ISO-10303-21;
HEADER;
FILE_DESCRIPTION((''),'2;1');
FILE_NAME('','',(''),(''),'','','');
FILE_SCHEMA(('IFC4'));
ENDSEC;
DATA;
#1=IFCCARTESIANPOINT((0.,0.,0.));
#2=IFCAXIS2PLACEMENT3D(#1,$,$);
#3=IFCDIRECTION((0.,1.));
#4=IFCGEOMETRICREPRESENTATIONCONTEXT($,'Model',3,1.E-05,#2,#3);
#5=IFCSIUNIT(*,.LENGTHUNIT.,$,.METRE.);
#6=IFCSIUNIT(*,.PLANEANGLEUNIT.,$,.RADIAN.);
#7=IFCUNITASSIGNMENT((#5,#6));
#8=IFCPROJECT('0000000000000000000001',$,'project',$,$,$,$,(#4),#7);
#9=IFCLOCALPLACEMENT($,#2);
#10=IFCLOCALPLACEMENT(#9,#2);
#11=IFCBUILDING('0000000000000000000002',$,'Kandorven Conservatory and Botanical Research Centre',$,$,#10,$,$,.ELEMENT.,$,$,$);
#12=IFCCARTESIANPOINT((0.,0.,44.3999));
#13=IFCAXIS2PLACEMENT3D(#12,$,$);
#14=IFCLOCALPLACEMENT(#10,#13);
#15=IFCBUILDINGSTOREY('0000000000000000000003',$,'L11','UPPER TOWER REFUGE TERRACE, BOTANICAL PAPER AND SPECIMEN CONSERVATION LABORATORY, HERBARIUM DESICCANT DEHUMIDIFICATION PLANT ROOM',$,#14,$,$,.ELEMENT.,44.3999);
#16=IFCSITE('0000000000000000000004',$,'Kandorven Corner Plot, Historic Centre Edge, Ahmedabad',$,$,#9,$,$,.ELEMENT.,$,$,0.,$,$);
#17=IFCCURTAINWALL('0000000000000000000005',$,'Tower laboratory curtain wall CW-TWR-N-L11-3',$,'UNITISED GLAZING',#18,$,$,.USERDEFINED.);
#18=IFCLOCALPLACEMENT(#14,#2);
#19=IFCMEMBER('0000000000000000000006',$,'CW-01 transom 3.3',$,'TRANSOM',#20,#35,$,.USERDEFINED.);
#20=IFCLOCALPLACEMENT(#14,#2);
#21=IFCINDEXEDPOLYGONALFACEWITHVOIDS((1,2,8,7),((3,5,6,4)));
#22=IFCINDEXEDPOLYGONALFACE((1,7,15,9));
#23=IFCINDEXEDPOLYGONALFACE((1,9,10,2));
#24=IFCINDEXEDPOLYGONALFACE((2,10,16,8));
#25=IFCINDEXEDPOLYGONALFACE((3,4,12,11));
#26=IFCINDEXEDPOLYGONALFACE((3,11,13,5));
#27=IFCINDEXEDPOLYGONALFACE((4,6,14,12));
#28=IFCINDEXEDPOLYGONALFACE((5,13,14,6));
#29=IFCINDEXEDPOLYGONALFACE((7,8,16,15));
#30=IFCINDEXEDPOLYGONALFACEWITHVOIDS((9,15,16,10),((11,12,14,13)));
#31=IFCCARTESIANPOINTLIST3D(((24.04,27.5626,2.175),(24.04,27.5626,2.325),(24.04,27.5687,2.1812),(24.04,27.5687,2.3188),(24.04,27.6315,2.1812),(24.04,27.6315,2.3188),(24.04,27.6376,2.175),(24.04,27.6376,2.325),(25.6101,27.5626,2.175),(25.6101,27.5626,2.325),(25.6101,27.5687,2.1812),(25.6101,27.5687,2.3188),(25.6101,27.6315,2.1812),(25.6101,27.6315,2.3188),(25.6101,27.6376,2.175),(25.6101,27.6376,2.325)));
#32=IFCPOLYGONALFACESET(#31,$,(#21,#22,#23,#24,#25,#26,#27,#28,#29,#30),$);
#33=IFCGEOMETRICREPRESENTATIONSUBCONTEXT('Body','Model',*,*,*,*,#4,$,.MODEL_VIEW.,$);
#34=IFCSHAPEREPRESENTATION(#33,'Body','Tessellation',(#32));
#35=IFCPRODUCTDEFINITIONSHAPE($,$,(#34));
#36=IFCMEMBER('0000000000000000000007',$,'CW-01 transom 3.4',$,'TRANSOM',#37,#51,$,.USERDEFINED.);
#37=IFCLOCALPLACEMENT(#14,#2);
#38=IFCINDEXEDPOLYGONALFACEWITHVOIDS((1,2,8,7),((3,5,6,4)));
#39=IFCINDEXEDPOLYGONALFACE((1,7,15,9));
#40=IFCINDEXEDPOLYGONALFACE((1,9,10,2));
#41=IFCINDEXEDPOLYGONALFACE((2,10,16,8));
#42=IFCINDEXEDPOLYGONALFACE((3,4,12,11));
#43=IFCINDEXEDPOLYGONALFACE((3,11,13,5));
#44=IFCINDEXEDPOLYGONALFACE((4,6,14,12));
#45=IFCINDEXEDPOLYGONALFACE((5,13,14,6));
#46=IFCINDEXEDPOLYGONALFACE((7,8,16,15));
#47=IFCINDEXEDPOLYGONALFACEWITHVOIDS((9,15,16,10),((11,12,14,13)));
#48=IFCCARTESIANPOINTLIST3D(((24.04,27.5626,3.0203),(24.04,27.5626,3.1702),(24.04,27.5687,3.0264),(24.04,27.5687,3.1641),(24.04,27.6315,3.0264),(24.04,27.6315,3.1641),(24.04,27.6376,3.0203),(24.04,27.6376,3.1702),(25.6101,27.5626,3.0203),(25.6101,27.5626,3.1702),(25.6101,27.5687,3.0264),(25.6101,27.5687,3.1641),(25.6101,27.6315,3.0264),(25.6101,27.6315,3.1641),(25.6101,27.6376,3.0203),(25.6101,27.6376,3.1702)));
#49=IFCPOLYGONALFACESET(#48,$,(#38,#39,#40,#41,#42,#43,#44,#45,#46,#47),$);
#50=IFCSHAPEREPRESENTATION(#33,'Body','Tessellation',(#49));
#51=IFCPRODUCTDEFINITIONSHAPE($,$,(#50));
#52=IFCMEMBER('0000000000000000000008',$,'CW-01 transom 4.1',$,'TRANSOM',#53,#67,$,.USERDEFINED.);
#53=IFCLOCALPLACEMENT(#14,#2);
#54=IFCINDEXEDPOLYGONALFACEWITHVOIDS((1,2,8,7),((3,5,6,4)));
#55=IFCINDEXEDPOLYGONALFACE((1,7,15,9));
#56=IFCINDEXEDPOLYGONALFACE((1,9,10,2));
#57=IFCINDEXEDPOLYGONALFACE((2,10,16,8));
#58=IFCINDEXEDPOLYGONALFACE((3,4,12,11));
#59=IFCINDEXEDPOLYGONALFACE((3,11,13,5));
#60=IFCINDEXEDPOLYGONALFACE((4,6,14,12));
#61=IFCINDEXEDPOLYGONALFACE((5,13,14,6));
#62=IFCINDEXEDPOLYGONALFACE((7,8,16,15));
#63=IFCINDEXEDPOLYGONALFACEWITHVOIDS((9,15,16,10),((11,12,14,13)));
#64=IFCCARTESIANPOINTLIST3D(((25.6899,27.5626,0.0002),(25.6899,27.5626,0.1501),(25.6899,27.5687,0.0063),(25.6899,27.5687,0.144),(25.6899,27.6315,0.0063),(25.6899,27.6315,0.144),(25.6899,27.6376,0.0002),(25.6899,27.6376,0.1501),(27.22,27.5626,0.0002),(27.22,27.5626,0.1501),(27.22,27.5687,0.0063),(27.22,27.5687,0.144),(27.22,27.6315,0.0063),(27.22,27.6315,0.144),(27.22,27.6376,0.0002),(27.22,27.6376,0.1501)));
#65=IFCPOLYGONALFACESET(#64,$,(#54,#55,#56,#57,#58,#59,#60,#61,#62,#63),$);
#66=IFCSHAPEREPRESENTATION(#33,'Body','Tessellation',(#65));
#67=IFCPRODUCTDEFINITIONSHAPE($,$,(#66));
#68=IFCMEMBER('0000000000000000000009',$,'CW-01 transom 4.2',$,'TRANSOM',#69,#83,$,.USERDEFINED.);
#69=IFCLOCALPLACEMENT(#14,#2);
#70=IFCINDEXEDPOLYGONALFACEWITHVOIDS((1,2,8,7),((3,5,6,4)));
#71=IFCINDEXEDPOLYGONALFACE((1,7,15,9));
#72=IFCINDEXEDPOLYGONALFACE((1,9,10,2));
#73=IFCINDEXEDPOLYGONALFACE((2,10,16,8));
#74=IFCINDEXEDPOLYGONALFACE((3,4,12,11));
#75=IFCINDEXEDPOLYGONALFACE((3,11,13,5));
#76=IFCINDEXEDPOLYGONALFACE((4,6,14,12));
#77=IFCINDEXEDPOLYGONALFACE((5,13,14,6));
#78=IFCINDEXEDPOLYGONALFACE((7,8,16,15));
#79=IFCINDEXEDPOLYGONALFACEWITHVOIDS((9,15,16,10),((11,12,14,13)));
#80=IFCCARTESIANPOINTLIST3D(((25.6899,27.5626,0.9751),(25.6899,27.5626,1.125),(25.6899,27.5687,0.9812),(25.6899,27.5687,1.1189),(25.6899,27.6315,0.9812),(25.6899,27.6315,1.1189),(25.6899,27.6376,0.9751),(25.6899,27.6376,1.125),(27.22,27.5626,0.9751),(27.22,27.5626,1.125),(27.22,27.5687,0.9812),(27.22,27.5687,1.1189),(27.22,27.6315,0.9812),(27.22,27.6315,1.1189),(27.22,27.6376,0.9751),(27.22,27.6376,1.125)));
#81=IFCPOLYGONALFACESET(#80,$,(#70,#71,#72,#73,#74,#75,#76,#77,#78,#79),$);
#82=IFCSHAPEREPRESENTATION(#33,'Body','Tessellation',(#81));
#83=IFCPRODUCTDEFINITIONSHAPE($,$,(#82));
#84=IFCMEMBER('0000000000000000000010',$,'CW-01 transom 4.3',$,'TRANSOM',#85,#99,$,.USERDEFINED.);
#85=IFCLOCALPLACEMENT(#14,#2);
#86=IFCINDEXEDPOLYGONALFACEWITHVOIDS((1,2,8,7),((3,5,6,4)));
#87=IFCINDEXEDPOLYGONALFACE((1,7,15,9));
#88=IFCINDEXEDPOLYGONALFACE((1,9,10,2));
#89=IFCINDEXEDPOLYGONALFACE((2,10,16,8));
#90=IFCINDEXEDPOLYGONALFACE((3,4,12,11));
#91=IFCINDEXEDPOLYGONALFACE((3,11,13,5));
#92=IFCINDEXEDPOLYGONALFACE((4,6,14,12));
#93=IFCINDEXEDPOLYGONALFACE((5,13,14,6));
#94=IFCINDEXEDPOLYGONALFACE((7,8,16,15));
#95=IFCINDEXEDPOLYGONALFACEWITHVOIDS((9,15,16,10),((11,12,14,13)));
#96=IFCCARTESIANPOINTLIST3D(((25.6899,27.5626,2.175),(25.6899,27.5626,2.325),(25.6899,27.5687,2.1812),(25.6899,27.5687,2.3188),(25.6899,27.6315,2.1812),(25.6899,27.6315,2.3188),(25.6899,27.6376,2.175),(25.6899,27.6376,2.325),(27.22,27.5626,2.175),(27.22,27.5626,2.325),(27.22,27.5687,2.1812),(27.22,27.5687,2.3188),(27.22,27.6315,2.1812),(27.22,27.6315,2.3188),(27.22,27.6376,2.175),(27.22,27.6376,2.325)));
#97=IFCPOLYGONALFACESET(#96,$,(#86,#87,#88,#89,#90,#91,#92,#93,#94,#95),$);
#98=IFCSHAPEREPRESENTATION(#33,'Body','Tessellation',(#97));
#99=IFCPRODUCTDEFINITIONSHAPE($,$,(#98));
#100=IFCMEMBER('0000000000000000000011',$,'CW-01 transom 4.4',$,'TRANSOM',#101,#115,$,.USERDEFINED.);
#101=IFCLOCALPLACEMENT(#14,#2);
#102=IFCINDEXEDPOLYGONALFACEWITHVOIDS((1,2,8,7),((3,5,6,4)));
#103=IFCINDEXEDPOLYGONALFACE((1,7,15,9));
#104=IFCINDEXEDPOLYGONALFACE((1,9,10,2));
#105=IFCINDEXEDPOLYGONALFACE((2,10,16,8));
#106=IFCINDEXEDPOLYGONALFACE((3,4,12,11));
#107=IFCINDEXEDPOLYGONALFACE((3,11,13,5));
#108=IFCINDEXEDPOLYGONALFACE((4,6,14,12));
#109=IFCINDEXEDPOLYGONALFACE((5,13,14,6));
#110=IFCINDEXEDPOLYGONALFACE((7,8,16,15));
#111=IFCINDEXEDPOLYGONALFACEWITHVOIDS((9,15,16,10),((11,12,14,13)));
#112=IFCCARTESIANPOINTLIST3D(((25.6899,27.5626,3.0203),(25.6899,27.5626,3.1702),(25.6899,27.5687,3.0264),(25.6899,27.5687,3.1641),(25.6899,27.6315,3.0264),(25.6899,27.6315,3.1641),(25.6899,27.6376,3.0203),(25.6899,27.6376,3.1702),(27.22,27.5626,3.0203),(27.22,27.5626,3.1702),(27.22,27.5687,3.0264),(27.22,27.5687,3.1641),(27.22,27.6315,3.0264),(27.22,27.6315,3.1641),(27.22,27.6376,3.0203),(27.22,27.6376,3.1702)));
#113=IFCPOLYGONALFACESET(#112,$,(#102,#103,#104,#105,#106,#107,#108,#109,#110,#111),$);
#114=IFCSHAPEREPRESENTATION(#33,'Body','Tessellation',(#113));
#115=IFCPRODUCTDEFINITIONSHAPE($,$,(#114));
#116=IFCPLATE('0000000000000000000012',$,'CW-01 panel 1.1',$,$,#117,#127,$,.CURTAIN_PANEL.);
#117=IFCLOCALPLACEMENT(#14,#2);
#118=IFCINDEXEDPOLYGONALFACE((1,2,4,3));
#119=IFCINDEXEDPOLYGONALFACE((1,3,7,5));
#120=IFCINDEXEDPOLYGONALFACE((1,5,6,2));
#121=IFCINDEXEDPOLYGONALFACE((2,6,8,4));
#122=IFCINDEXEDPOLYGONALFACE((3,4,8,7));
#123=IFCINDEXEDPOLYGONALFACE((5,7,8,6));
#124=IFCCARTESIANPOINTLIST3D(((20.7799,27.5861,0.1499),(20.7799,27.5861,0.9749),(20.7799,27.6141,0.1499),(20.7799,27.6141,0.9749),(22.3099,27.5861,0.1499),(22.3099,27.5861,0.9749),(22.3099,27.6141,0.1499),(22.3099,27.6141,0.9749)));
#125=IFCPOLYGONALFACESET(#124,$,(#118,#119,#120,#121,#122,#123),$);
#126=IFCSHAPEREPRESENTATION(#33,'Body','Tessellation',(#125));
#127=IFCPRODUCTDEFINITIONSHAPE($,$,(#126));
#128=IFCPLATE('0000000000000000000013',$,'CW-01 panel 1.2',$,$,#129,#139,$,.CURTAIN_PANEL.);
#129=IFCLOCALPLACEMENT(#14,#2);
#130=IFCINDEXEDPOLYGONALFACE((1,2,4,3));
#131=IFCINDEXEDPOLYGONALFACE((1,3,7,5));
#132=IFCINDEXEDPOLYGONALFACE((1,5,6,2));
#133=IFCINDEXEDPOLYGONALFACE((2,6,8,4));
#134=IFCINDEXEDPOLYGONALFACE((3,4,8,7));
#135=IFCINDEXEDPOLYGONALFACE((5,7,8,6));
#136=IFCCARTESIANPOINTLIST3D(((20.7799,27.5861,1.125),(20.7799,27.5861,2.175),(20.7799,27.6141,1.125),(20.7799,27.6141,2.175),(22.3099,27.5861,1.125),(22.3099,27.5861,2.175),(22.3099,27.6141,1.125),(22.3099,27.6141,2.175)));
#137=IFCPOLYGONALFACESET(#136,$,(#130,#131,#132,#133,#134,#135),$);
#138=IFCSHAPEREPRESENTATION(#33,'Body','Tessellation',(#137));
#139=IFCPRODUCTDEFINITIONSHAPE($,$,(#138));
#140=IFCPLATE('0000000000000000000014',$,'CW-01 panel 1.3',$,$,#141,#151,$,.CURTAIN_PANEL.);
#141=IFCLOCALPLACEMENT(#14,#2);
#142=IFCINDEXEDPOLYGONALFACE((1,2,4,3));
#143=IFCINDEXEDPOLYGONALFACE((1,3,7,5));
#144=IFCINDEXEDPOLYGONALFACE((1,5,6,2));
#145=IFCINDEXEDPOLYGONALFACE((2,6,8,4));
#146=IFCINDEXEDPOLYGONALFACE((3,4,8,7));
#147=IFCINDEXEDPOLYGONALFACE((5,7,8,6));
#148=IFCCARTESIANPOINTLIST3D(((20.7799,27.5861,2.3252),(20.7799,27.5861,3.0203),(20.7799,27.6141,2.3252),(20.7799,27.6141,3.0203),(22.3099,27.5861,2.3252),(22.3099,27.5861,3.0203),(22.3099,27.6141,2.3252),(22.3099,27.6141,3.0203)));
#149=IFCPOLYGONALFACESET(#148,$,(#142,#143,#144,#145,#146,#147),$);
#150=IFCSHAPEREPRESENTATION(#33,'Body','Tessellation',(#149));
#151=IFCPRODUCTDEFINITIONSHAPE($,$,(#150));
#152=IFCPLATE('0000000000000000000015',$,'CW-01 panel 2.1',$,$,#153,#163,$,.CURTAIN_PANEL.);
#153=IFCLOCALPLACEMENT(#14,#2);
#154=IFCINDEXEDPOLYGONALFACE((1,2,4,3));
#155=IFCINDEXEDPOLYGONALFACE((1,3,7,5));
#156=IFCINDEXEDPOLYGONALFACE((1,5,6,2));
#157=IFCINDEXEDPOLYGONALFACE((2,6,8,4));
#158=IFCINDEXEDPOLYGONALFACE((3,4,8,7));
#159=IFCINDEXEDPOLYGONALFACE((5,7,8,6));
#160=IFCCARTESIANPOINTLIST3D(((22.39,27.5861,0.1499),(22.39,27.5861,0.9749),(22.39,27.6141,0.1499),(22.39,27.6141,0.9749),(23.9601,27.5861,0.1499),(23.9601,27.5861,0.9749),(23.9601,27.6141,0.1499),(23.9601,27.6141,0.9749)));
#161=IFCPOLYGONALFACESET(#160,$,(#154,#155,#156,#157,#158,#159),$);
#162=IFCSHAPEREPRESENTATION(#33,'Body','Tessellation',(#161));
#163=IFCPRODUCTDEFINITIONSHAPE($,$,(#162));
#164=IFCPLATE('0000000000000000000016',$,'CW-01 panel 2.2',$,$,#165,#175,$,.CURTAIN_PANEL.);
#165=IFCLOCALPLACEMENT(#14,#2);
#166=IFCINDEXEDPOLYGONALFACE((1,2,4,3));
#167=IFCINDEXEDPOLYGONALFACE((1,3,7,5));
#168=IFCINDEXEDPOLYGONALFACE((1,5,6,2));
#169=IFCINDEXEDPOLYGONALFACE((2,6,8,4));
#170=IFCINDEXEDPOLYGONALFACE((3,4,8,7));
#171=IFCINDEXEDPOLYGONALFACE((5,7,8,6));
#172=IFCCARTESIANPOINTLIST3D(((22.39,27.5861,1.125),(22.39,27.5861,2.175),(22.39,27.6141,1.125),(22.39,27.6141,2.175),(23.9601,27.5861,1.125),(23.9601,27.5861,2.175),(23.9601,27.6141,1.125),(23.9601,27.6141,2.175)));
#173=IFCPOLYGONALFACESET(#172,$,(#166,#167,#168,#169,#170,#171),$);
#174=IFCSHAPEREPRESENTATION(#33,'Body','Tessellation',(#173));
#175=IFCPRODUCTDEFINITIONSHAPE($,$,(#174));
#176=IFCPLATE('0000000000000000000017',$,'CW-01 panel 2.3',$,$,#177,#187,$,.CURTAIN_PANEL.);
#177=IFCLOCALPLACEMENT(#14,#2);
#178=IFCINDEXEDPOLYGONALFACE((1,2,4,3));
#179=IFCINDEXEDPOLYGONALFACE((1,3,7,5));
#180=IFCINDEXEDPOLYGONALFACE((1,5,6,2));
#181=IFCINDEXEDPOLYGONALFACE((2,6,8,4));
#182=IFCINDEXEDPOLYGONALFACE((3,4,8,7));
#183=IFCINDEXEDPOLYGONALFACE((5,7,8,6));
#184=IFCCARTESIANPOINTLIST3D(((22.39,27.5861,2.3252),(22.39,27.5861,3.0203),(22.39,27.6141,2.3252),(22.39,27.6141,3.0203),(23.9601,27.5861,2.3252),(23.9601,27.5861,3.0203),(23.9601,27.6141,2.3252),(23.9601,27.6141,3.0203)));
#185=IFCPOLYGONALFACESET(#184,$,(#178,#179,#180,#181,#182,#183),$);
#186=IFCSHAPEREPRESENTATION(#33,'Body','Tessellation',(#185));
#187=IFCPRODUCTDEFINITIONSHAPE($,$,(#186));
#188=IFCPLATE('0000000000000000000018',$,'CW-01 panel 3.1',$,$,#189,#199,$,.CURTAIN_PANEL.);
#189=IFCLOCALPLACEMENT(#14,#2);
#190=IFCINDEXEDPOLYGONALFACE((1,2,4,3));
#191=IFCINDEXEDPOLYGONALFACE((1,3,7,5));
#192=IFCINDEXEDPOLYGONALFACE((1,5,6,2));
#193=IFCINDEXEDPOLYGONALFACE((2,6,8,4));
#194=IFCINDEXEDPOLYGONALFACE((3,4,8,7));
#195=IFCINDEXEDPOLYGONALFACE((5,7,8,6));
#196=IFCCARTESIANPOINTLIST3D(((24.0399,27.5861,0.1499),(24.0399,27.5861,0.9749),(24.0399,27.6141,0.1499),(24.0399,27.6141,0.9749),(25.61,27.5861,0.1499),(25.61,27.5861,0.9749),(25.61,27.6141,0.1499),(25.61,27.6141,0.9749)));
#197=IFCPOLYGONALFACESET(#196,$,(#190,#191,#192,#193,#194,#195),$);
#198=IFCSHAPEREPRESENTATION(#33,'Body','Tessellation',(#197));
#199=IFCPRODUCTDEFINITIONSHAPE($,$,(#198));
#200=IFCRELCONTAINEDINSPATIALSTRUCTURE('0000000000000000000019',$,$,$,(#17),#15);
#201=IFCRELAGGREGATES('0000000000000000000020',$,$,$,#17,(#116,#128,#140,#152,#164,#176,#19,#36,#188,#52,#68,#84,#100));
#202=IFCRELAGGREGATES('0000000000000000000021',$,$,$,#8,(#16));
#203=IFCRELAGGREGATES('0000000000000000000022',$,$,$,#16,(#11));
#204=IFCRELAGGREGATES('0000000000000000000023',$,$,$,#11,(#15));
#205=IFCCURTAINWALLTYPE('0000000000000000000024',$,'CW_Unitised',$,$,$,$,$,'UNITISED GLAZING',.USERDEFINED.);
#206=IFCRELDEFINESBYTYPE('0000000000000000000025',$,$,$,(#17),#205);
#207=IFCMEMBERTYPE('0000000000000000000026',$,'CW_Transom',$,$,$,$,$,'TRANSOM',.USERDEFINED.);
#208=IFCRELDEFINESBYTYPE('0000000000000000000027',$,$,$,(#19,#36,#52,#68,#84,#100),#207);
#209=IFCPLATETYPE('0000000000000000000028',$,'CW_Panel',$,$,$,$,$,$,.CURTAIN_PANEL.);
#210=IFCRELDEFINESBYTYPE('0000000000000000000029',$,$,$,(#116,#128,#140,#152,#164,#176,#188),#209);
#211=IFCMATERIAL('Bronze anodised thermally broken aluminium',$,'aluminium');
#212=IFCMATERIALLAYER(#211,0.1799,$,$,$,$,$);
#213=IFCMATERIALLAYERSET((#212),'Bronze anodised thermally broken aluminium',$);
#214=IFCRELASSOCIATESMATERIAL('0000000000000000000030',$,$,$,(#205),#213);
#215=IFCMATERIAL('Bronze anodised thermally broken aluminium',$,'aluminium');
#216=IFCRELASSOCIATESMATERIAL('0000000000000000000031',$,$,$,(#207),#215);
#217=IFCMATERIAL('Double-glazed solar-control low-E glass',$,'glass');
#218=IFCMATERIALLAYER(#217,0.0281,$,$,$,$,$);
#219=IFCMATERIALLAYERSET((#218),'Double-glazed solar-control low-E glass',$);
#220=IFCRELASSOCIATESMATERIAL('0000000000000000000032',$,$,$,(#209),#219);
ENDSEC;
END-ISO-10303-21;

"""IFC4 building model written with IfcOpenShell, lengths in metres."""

from ifc_helpers import new_model, si_unit, direction, frame, origin, origin_2d, place, context, subcontext, project, spatial, rectangle, hollow_rectangle, extrude, material, layer, layer_set, material_profile, profile_set, type_object, element, aggregate, save


model = new_model("IFC4")

# Units and contexts
model_context = context("Model", 3, precision=1e-05, world=origin(), true_north=direction((0.0, 1.0)))
body_context = subcontext(model_context, "Body", "Model", "MODEL_VIEW")
ifc_project = project(units=[si_unit("LENGTHUNIT", "METRE"), si_unit("PLANEANGLEUNIT", "RADIAN")], contexts=[model_context])

# Site, building, storey
site_placement = place(None, origin())
site = spatial("IfcSite", under=ifc_project, at=site_placement, Name="Kandorven Corner Plot, Historic Centre Edge, Ahmedabad", CompositionType="ELEMENT", RefElevation=0.0)
building_placement = place(site_placement, origin())
building = spatial("IfcBuilding", under=site, at=building_placement, Name="Kandorven Conservatory and Botanical Research Centre", CompositionType="ELEMENT")
storey_placement = place(building_placement, frame((0.0, 0.0, 44.3999)))
storey = spatial("IfcBuildingStorey", under=building, at=storey_placement, Name="L11", Description="UPPER TOWER REFUGE TERRACE, BOTANICAL PAPER AND SPECIMEN CONSERVATION LABORATORY, HERBARIUM DESICCANT DEHUMIDIFICATION PLANT ROOM", CompositionType="ELEMENT", Elevation=44.3999)

# Curtain wall, members, plates
ifc_material_1 = material(Name="Bronze anodised thermally broken aluminium", Category="aluminium")
ifc_layer_1 = layer(ifc_material_1, 0.1799)
ifc_layer_set_1 = layer_set([ifc_layer_1], Name="Bronze anodised thermally broken aluminium")
curtain_wall_type = type_object("IfcCurtainWallType", Name="CW_Unitised", ElementType="UNITISED GLAZING", PredefinedType="USERDEFINED", material=ifc_layer_set_1)
curtain_wall_placement = place(storey_placement, origin())
curtain_wall = element("IfcCurtainWall", 1, at=curtain_wall_placement, inside=storey, type_object=curtain_wall_type, Name="Tower laboratory curtain wall CW-TWR-N-L11-3", ObjectType="UNITISED GLAZING", PredefinedType="USERDEFINED")
ifc_material_2 = material(Name="Bronze anodised thermally broken aluminium", Category="aluminium")
ifc_material_profile_1 = material_profile(ifc_material_2, hollow_rectangle(XDim=0.075, YDim=0.1499, WallThickness=0.0061, at=origin_2d()))
ifc_profile_set_1 = profile_set([ifc_material_profile_1], Name="Bronze anodised thermally broken aluminium")
member_type_1 = type_object("IfcMemberType", Name="CW_Transom", ElementType="TRANSOM", PredefinedType="USERDEFINED", material=ifc_profile_set_1)
member_1_placement = place(storey_placement, frame((24.04, 27.6001, 2.25), z_axis=(1.0, 0.0, 0.0), x_axis=(0.0, 1.0, 0.0)))
member_1 = element("IfcMember", 2, at=member_1_placement, type_object=member_type_1, Name="CW-01 transom 3.3", ObjectType="TRANSOM", PredefinedType="USERDEFINED", context=body_context, shape_type="SweptSolid", body=[
    extrude(hollow_rectangle(XDim=0.075, YDim=0.1499, WallThickness=0.0061, at=origin_2d()), origin(), (0.0, 0.0, 1.0), 1.5701),
])
member_2_placement = place(storey_placement, frame((24.04, 27.6001, 3.0952), z_axis=(1.0, 0.0, 0.0), x_axis=(0.0, 1.0, 0.0)))
member_2 = element("IfcMember", 3, at=member_2_placement, type_object=member_type_1, Name="CW-01 transom 3.4", ObjectType="TRANSOM", PredefinedType="USERDEFINED", context=body_context, shape_type="SweptSolid", body=[
    extrude(hollow_rectangle(XDim=0.075, YDim=0.1499, WallThickness=0.0061, at=origin_2d()), origin(), (0.0, 0.0, 1.0), 1.5701),
])
member_3_placement = place(storey_placement, frame((25.6899, 27.6001, 0.0752), z_axis=(1.0, 0.0, 0.0), x_axis=(0.0, 1.0, 0.0)))
member_3 = element("IfcMember", 4, at=member_3_placement, type_object=member_type_1, Name="CW-01 transom 4.1", ObjectType="TRANSOM", PredefinedType="USERDEFINED", context=body_context, shape_type="SweptSolid", body=[
    extrude(hollow_rectangle(XDim=0.075, YDim=0.1499, WallThickness=0.0061, at=origin_2d()), origin(), (0.0, 0.0, 1.0), 1.53),
])
member_4_placement = place(storey_placement, frame((25.6899, 27.6001, 1.05), z_axis=(1.0, 0.0, 0.0), x_axis=(0.0, 1.0, 0.0)))
member_4 = element("IfcMember", 5, at=member_4_placement, type_object=member_type_1, Name="CW-01 transom 4.2", ObjectType="TRANSOM", PredefinedType="USERDEFINED", context=body_context, shape_type="SweptSolid", body=[
    extrude(hollow_rectangle(XDim=0.075, YDim=0.1499, WallThickness=0.0061, at=origin_2d()), origin(), (0.0, 0.0, 1.0), 1.53),
])
member_5_placement = place(storey_placement, frame((25.6899, 27.6001, 2.25), z_axis=(1.0, 0.0, 0.0), x_axis=(0.0, 1.0, 0.0)))
member_5 = element("IfcMember", 6, at=member_5_placement, type_object=member_type_1, Name="CW-01 transom 4.3", ObjectType="TRANSOM", PredefinedType="USERDEFINED", context=body_context, shape_type="SweptSolid", body=[
    extrude(hollow_rectangle(XDim=0.075, YDim=0.1499, WallThickness=0.0061, at=origin_2d()), origin(), (0.0, 0.0, 1.0), 1.53),
])
member_6_placement = place(storey_placement, frame((25.6899, 27.6001, 3.0952), z_axis=(1.0, 0.0, 0.0), x_axis=(0.0, 1.0, 0.0)))
member_6 = element("IfcMember", 7, at=member_6_placement, type_object=member_type_1, Name="CW-01 transom 4.4", ObjectType="TRANSOM", PredefinedType="USERDEFINED", context=body_context, shape_type="SweptSolid", body=[
    extrude(hollow_rectangle(XDim=0.075, YDim=0.1499, WallThickness=0.0061, at=origin_2d()), origin(), (0.0, 0.0, 1.0), 1.53),
])
ifc_material_3 = material(Name="Double-glazed solar-control low-E glass", Category="glass")
ifc_layer_2 = layer(ifc_material_3, 0.0281)
ifc_layer_set_2 = layer_set([ifc_layer_2], Name="Double-glazed solar-control low-E glass")
plate_type = type_object("IfcPlateType", Name="CW_Panel", PredefinedType="CURTAIN_PANEL", material=ifc_layer_set_2)
plate_1_placement = place(storey_placement, frame((21.5449, 27.6001, 0.1499), z_axis=(0.0, 0.0, 1.0), x_axis=(1.0, 0.0, 0.0)))
plate_1 = element("IfcPlate", 8, at=plate_1_placement, type_object=plate_type, Name="CW-01 panel 1.1", PredefinedType="CURTAIN_PANEL", context=body_context, shape_type="SweptSolid", body=[
    extrude(rectangle(XDim=1.53, YDim=0.0281, at=origin_2d()), origin(), (0.0, 0.0, 1.0), 0.825),
])
plate_2_placement = place(storey_placement, frame((21.5449, 27.6001, 1.125), z_axis=(0.0, 0.0, 1.0), x_axis=(1.0, 0.0, 0.0)))
plate_2 = element("IfcPlate", 9, at=plate_2_placement, type_object=plate_type, Name="CW-01 panel 1.2", PredefinedType="CURTAIN_PANEL", context=body_context, shape_type="SweptSolid", body=[
    extrude(rectangle(XDim=1.53, YDim=0.0281, at=origin_2d()), origin(), (0.0, 0.0, 1.0), 1.05),
])
plate_3_placement = place(storey_placement, frame((21.5449, 27.6001, 2.3252), z_axis=(0.0, 0.0, 1.0), x_axis=(1.0, 0.0, 0.0)))
plate_3 = element("IfcPlate", 10, at=plate_3_placement, type_object=plate_type, Name="CW-01 panel 1.3", PredefinedType="CURTAIN_PANEL", context=body_context, shape_type="SweptSolid", body=[
    extrude(rectangle(XDim=1.53, YDim=0.0281, at=origin_2d()), origin(), (0.0, 0.0, 1.0), 0.6951),
])
plate_4_placement = place(storey_placement, frame((23.175, 27.6001, 0.1499), z_axis=(0.0, 0.0, 1.0), x_axis=(1.0, 0.0, 0.0)))
plate_4 = element("IfcPlate", 11, at=plate_4_placement, type_object=plate_type, Name="CW-01 panel 2.1", PredefinedType="CURTAIN_PANEL", context=body_context, shape_type="SweptSolid", body=[
    extrude(rectangle(XDim=1.5701, YDim=0.0281, at=origin_2d()), origin(), (0.0, 0.0, 1.0), 0.825),
])
plate_5_placement = place(storey_placement, frame((23.175, 27.6001, 1.125), z_axis=(0.0, 0.0, 1.0), x_axis=(1.0, 0.0, 0.0)))
plate_5 = element("IfcPlate", 12, at=plate_5_placement, type_object=plate_type, Name="CW-01 panel 2.2", PredefinedType="CURTAIN_PANEL", context=body_context, shape_type="SweptSolid", body=[
    extrude(rectangle(XDim=1.5701, YDim=0.0281, at=origin_2d()), origin(), (0.0, 0.0, 1.0), 1.05),
])
plate_6_placement = place(storey_placement, frame((23.175, 27.6001, 2.3252), z_axis=(0.0, 0.0, 1.0), x_axis=(1.0, 0.0, 0.0)))
plate_6 = element("IfcPlate", 13, at=plate_6_placement, type_object=plate_type, Name="CW-01 panel 2.3", PredefinedType="CURTAIN_PANEL", context=body_context, shape_type="SweptSolid", body=[
    extrude(rectangle(XDim=1.5701, YDim=0.0281, at=origin_2d()), origin(), (0.0, 0.0, 1.0), 0.6951),
])
plate_7_placement = place(storey_placement, frame((24.825, 27.6001, 0.1499), z_axis=(0.0, 0.0, 1.0), x_axis=(1.0, 0.0, 0.0)))
plate_7 = element("IfcPlate", 14, at=plate_7_placement, type_object=plate_type, Name="CW-01 panel 3.1", PredefinedType="CURTAIN_PANEL", context=body_context, shape_type="SweptSolid", body=[
    extrude(rectangle(XDim=1.5701, YDim=0.0281, at=origin_2d()), origin(), (0.0, 0.0, 1.0), 0.825),
])
aggregate(curtain_wall, [plate_1, plate_2, plate_3, plate_4, plate_5, plate_6, member_1, member_2, plate_7, member_3, member_4, member_5, member_6])

save(model, "model.ifc")
